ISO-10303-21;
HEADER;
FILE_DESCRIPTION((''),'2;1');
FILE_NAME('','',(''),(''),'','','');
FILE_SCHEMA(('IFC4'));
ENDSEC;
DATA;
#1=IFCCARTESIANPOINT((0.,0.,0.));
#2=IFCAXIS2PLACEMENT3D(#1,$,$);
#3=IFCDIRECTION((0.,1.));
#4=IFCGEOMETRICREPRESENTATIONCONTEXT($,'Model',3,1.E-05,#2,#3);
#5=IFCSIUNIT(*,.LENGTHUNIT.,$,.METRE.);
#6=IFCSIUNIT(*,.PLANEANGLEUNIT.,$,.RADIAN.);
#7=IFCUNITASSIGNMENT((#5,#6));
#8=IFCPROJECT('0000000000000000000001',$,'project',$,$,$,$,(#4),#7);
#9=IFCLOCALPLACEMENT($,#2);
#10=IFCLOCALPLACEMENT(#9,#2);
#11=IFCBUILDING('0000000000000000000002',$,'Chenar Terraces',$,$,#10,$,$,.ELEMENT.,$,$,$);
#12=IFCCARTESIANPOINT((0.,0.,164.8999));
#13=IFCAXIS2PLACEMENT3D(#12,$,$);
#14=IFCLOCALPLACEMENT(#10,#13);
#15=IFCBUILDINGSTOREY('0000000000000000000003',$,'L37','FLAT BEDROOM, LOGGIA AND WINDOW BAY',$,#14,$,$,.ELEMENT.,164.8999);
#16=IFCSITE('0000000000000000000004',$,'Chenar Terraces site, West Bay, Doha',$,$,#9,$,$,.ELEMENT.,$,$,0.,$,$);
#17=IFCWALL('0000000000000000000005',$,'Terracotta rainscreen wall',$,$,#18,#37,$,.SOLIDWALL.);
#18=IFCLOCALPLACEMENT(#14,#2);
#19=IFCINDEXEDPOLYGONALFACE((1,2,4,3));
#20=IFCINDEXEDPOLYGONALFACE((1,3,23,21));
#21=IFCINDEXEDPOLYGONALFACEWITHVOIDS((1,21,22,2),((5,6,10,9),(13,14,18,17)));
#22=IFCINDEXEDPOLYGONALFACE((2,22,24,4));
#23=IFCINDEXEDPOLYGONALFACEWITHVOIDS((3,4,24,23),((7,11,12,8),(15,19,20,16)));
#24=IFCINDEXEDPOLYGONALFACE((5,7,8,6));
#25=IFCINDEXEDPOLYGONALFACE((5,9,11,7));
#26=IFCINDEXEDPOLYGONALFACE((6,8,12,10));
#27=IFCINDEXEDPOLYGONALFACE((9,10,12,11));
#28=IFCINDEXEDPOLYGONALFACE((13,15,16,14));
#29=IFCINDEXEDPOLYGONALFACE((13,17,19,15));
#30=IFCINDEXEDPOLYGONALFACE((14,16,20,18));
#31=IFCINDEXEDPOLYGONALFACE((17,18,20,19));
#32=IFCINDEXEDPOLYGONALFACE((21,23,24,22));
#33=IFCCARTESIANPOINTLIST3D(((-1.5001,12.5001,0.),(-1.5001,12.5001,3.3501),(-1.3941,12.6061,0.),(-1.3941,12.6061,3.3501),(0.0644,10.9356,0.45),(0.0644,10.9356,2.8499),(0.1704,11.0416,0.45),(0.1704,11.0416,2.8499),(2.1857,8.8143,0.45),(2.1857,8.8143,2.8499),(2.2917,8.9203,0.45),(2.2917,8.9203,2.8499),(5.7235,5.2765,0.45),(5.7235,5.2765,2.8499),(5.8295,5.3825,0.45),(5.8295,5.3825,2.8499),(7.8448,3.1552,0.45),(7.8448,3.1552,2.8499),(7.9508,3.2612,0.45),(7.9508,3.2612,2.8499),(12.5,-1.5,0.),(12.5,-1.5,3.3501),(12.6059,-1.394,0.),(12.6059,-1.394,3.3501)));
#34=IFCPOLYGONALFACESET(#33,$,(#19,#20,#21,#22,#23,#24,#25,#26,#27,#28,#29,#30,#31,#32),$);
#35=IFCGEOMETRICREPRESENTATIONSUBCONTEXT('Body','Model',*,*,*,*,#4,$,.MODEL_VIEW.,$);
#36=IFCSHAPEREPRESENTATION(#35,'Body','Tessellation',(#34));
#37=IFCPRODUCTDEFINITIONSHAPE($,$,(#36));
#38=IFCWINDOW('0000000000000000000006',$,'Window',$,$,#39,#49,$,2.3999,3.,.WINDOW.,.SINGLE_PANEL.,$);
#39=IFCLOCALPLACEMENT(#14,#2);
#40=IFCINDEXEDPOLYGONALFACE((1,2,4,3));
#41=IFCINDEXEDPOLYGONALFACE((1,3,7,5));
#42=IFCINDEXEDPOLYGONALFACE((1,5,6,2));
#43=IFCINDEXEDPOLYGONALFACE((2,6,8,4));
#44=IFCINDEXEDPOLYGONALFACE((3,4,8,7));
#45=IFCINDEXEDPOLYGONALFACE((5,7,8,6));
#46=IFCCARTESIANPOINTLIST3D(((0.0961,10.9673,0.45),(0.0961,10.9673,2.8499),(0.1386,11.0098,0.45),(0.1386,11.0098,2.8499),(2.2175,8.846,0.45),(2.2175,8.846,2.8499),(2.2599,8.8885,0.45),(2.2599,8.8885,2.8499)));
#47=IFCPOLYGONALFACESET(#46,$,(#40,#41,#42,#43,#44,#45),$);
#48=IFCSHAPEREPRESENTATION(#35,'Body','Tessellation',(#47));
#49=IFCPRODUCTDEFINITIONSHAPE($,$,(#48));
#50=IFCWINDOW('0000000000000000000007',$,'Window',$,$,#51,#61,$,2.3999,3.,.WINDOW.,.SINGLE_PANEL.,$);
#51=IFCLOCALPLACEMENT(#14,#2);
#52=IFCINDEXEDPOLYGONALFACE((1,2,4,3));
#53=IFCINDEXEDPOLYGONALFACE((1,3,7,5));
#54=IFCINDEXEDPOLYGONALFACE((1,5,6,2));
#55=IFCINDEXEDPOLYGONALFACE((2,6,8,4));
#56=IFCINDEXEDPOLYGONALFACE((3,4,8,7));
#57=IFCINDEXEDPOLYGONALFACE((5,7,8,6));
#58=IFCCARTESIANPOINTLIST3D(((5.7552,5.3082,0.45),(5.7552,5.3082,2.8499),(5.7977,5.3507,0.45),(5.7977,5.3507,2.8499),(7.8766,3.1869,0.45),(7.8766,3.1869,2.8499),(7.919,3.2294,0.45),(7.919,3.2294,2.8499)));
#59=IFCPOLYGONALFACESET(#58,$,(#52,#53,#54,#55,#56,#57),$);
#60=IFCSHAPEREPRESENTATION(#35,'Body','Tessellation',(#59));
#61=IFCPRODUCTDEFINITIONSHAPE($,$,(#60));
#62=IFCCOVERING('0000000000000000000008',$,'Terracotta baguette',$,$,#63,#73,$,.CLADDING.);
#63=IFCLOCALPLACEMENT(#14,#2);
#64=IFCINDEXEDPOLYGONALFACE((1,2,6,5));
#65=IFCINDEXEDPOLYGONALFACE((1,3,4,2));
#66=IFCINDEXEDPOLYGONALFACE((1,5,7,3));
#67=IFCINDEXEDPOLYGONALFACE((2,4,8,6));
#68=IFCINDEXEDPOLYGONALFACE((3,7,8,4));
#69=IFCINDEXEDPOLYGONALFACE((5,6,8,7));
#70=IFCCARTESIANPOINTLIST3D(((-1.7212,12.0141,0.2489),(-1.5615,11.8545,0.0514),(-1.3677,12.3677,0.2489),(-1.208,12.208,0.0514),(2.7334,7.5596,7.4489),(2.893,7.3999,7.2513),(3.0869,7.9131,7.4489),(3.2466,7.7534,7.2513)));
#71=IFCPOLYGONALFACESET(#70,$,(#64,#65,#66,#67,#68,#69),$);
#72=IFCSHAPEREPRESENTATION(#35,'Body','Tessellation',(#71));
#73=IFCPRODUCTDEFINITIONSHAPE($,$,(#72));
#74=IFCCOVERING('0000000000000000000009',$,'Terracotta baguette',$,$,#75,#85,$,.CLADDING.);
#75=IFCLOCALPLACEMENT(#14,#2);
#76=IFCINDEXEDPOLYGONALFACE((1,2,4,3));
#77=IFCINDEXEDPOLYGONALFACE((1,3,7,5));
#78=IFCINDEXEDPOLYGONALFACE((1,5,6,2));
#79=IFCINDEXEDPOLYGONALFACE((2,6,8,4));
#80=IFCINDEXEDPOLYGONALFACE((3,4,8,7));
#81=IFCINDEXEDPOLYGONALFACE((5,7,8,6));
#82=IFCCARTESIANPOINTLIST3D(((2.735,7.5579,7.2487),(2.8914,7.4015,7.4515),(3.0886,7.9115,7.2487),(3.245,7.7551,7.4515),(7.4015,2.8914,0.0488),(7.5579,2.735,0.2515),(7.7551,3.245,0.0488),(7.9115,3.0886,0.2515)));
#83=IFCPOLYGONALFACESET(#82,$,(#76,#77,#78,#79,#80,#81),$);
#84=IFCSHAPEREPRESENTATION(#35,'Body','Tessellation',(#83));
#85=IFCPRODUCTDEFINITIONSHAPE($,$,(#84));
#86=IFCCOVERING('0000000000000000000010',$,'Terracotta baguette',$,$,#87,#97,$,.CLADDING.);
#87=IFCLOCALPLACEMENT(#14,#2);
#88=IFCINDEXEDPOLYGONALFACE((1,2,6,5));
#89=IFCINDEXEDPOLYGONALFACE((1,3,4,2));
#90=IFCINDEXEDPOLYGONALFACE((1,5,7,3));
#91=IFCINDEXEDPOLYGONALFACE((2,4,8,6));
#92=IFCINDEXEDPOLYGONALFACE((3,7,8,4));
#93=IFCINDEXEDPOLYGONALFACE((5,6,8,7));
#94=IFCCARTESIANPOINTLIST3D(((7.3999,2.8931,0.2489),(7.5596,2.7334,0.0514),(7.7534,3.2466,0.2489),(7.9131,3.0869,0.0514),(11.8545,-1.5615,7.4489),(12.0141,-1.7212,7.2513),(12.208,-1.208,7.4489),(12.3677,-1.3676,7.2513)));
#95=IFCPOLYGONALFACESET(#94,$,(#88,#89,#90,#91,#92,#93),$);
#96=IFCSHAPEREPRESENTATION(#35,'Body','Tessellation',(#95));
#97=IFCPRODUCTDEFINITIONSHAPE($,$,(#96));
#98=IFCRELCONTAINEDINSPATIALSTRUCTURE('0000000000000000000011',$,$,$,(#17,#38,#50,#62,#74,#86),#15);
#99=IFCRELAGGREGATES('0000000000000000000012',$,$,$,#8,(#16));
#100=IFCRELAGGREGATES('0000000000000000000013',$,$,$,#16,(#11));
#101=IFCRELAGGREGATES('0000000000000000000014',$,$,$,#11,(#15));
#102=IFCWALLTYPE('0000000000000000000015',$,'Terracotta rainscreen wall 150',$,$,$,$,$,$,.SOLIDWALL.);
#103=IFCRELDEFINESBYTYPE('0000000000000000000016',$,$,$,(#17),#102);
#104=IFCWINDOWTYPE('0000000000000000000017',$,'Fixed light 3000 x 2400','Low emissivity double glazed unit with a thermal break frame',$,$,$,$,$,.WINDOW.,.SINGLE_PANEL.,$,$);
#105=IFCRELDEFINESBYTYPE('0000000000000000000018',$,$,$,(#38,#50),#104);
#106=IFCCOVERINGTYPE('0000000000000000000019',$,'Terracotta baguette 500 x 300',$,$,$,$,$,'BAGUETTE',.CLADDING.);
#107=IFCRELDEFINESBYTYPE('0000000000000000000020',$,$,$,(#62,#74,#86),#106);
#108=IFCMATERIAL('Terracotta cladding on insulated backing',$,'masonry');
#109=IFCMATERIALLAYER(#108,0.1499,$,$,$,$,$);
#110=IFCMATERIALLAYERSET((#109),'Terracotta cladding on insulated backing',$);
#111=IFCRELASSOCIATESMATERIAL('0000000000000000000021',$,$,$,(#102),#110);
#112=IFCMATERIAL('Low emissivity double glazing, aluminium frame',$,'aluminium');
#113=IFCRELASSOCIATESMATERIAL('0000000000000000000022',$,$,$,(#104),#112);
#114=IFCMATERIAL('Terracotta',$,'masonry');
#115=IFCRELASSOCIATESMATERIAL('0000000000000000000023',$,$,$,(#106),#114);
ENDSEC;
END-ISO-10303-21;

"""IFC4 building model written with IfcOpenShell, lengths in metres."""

from ifc_helpers import new_model, si_unit, direction, frame, frame_2d, origin, origin_2d, place, context, subcontext, project, spatial, rectangle, extrude, material, layer, layer_set, material_profile, profile_set, type_object, element, fill, save


model = new_model("IFC4")

# Units and contexts
model_context = context("Model", 3, precision=1e-05, world=origin(), true_north=direction((0.0, 1.0)))
body_context = subcontext(model_context, "Body", "Model", "MODEL_VIEW")
ifc_project = project(units=[si_unit("LENGTHUNIT", "METRE"), si_unit("PLANEANGLEUNIT", "RADIAN")], contexts=[model_context])

# Site, building, storey
site_placement = place(None, origin())
site = spatial("IfcSite", under=ifc_project, at=site_placement, Name="Chenar Terraces site, West Bay, Doha", CompositionType="ELEMENT", RefElevation=0.0)
building_placement = place(site_placement, origin())
building = spatial("IfcBuilding", under=site, at=building_placement, Name="Chenar Terraces", CompositionType="ELEMENT")
storey_placement = place(building_placement, frame((0.0, 0.0, 164.8999)))
storey = spatial("IfcBuildingStorey", under=building, at=storey_placement, Name="L37", Description="FLAT BEDROOM, LOGGIA AND WINDOW BAY", CompositionType="ELEMENT", Elevation=164.8999)

# Wall, openings, windows
ifc_material_1 = material(Name="Terracotta cladding on insulated backing", Category="masonry")
ifc_layer_1 = layer(ifc_material_1, 0.1499)
ifc_layer_set_1 = layer_set([ifc_layer_1], Name="Terracotta cladding on insulated backing")
wall_type_1 = type_object("IfcWallType", Name="Terracotta rainscreen wall 150", PredefinedType="SOLIDWALL", material=ifc_layer_set_1)
wall_1_placement = place(storey_placement, frame((-1.447, 12.553, 0.0), z_axis=(0.0, 0.0, 1.0), x_axis=(0.707107, -0.707107, 0.0)))
wall_1 = element("IfcWall", 1, at=wall_1_placement, inside=storey, type_object=wall_type_1, Name="Terracotta rainscreen wall", PredefinedType="SOLIDWALL", context=body_context, shape_type="SweptSolid", body=[
    extrude(rectangle(XDim=19.7991, YDim=0.1499, at=frame_2d((9.8994, 0.0))), origin(), (0.0, 0.0, 1.0), 3.3501),
])
opening_1_placement = place(wall_1_placement, frame((2.2124, 0.0, 0.45)))
opening_1 = element("IfcOpeningElement", 2, at=opening_1_placement, cuts=wall_1, PredefinedType="OPENING", context=body_context, shape_type="SweptSolid", body=[
    extrude(rectangle(XDim=3.0, YDim=2.3999, at=frame_2d((1.5, 1.2))), frame((0.0, 0.085, 0.0), z_axis=(0.0, -1.0, 0.0), x_axis=(1.0, 0.0, 0.0)), (0.0, 0.0, 1.0), 0.1699),
])
opening_2_placement = place(wall_1_placement, frame((10.2156, 0.0, 0.45)))
opening_2 = element("IfcOpeningElement", 3, at=opening_2_placement, cuts=wall_1, PredefinedType="OPENING", context=body_context, shape_type="SweptSolid", body=[
    extrude(rectangle(XDim=3.0, YDim=2.3999, at=frame_2d((1.5, 1.2))), frame((0.0, 0.085, 0.0), z_axis=(0.0, -1.0, 0.0), x_axis=(1.0, 0.0, 0.0)), (0.0, 0.0, 1.0), 0.1699),
])
ifc_material_2 = material(Name="Low emissivity double glazing, aluminium frame", Category="aluminium")
window_type = type_object("IfcWindowType", Name="Fixed light 3000 x 2400", Description="Low emissivity double glazed unit with a thermal break frame", PartitioningType="SINGLE_PANEL", PredefinedType="WINDOW", material=ifc_material_2)
window_1_placement = place(opening_1_placement, origin())
window_1 = element("IfcWindow", 4, at=window_1_placement, inside=storey, type_object=window_type, Name="Window", OverallHeight=2.3999, OverallWidth=3.0, PartitioningType="SINGLE_PANEL", PredefinedType="WINDOW", context=body_context, shape_type="SweptSolid", body=[
    extrude(rectangle(XDim=3.0, YDim=2.3999, at=frame_2d((1.5, 1.2))), frame((0.0, 0.03, 0.0), z_axis=(0.0, -1.0, 0.0), x_axis=(1.0, 0.0, 0.0)), (0.0, 0.0, 1.0), 0.0601),
])
fill(opening_1, window_1)
window_2_placement = place(opening_2_placement, origin())
window_2 = element("IfcWindow", 5, at=window_2_placement, inside=storey, type_object=window_type, Name="Window", OverallHeight=2.3999, OverallWidth=3.0, PartitioningType="SINGLE_PANEL", PredefinedType="WINDOW", context=body_context, shape_type="SweptSolid", body=[
    extrude(rectangle(XDim=3.0, YDim=2.3999, at=frame_2d((1.5, 1.2))), frame((0.0, 0.03, 0.0), z_axis=(0.0, -1.0, 0.0), x_axis=(1.0, 0.0, 0.0)), (0.0, 0.0, 1.0), 0.0601),
])
fill(opening_2, window_2)

# Coverings
ifc_material_3 = material(Name="Terracotta", Category="masonry")
ifc_material_profile = material_profile(ifc_material_3, rectangle(XDim=0.5, YDim=0.3, at=origin_2d()), Name="Terracotta baguette 500 x 300")
ifc_profile_set = profile_set([ifc_material_profile], Name="Terracotta")
covering_type = type_object("IfcCoveringType", Name="Terracotta baguette 500 x 300", ElementType="BAGUETTE", PredefinedType="CLADDING", material=ifc_profile_set)
covering_1_placement = place(storey_placement, frame((-1.4646, 12.1111, 0.1501), z_axis=(0.465624, -0.465624, 0.752588), x_axis=(0.707107, 0.707107, 0.0)))
element("IfcCovering", 6, at=covering_1_placement, inside=storey, type_object=covering_type, Name="Terracotta baguette", PredefinedType="CLADDING", context=body_context, shape_type="SweptSolid", body=[
    extrude(rectangle(XDim=0.5, YDim=0.3, at=origin_2d()), origin(), (0.0, 0.0, 1.0), 9.5669),
])
covering_2_placement = place(storey_placement, frame((2.99, 7.6565, 7.3501), z_axis=(0.477789, -0.477789, -0.737181), x_axis=(0.707107, 0.707107, 0.0)))
element("IfcCovering", 7, at=covering_2_placement, inside=storey, type_object=covering_type, Name="Terracotta baguette", PredefinedType="CLADDING", context=body_context, shape_type="SweptSolid", body=[
    extrude(rectangle(XDim=0.5, YDim=0.3, at=origin_2d()), origin(), (0.0, 0.0, 1.0), 9.7668),
])
covering_3_placement = place(storey_placement, frame((7.6565, 2.99, 0.1501), z_axis=(0.465624, -0.465624, 0.752588), x_axis=(0.707107, 0.707107, 0.0)))
element("IfcCovering", 8, at=covering_3_placement, inside=storey, type_object=covering_type, Name="Terracotta baguette", PredefinedType="CLADDING", context=body_context, shape_type="SweptSolid", body=[
    extrude(rectangle(XDim=0.5, YDim=0.3, at=origin_2d()), origin(), (0.0, 0.0, 1.0), 9.5669),
])

save(model, "model.ifc")
